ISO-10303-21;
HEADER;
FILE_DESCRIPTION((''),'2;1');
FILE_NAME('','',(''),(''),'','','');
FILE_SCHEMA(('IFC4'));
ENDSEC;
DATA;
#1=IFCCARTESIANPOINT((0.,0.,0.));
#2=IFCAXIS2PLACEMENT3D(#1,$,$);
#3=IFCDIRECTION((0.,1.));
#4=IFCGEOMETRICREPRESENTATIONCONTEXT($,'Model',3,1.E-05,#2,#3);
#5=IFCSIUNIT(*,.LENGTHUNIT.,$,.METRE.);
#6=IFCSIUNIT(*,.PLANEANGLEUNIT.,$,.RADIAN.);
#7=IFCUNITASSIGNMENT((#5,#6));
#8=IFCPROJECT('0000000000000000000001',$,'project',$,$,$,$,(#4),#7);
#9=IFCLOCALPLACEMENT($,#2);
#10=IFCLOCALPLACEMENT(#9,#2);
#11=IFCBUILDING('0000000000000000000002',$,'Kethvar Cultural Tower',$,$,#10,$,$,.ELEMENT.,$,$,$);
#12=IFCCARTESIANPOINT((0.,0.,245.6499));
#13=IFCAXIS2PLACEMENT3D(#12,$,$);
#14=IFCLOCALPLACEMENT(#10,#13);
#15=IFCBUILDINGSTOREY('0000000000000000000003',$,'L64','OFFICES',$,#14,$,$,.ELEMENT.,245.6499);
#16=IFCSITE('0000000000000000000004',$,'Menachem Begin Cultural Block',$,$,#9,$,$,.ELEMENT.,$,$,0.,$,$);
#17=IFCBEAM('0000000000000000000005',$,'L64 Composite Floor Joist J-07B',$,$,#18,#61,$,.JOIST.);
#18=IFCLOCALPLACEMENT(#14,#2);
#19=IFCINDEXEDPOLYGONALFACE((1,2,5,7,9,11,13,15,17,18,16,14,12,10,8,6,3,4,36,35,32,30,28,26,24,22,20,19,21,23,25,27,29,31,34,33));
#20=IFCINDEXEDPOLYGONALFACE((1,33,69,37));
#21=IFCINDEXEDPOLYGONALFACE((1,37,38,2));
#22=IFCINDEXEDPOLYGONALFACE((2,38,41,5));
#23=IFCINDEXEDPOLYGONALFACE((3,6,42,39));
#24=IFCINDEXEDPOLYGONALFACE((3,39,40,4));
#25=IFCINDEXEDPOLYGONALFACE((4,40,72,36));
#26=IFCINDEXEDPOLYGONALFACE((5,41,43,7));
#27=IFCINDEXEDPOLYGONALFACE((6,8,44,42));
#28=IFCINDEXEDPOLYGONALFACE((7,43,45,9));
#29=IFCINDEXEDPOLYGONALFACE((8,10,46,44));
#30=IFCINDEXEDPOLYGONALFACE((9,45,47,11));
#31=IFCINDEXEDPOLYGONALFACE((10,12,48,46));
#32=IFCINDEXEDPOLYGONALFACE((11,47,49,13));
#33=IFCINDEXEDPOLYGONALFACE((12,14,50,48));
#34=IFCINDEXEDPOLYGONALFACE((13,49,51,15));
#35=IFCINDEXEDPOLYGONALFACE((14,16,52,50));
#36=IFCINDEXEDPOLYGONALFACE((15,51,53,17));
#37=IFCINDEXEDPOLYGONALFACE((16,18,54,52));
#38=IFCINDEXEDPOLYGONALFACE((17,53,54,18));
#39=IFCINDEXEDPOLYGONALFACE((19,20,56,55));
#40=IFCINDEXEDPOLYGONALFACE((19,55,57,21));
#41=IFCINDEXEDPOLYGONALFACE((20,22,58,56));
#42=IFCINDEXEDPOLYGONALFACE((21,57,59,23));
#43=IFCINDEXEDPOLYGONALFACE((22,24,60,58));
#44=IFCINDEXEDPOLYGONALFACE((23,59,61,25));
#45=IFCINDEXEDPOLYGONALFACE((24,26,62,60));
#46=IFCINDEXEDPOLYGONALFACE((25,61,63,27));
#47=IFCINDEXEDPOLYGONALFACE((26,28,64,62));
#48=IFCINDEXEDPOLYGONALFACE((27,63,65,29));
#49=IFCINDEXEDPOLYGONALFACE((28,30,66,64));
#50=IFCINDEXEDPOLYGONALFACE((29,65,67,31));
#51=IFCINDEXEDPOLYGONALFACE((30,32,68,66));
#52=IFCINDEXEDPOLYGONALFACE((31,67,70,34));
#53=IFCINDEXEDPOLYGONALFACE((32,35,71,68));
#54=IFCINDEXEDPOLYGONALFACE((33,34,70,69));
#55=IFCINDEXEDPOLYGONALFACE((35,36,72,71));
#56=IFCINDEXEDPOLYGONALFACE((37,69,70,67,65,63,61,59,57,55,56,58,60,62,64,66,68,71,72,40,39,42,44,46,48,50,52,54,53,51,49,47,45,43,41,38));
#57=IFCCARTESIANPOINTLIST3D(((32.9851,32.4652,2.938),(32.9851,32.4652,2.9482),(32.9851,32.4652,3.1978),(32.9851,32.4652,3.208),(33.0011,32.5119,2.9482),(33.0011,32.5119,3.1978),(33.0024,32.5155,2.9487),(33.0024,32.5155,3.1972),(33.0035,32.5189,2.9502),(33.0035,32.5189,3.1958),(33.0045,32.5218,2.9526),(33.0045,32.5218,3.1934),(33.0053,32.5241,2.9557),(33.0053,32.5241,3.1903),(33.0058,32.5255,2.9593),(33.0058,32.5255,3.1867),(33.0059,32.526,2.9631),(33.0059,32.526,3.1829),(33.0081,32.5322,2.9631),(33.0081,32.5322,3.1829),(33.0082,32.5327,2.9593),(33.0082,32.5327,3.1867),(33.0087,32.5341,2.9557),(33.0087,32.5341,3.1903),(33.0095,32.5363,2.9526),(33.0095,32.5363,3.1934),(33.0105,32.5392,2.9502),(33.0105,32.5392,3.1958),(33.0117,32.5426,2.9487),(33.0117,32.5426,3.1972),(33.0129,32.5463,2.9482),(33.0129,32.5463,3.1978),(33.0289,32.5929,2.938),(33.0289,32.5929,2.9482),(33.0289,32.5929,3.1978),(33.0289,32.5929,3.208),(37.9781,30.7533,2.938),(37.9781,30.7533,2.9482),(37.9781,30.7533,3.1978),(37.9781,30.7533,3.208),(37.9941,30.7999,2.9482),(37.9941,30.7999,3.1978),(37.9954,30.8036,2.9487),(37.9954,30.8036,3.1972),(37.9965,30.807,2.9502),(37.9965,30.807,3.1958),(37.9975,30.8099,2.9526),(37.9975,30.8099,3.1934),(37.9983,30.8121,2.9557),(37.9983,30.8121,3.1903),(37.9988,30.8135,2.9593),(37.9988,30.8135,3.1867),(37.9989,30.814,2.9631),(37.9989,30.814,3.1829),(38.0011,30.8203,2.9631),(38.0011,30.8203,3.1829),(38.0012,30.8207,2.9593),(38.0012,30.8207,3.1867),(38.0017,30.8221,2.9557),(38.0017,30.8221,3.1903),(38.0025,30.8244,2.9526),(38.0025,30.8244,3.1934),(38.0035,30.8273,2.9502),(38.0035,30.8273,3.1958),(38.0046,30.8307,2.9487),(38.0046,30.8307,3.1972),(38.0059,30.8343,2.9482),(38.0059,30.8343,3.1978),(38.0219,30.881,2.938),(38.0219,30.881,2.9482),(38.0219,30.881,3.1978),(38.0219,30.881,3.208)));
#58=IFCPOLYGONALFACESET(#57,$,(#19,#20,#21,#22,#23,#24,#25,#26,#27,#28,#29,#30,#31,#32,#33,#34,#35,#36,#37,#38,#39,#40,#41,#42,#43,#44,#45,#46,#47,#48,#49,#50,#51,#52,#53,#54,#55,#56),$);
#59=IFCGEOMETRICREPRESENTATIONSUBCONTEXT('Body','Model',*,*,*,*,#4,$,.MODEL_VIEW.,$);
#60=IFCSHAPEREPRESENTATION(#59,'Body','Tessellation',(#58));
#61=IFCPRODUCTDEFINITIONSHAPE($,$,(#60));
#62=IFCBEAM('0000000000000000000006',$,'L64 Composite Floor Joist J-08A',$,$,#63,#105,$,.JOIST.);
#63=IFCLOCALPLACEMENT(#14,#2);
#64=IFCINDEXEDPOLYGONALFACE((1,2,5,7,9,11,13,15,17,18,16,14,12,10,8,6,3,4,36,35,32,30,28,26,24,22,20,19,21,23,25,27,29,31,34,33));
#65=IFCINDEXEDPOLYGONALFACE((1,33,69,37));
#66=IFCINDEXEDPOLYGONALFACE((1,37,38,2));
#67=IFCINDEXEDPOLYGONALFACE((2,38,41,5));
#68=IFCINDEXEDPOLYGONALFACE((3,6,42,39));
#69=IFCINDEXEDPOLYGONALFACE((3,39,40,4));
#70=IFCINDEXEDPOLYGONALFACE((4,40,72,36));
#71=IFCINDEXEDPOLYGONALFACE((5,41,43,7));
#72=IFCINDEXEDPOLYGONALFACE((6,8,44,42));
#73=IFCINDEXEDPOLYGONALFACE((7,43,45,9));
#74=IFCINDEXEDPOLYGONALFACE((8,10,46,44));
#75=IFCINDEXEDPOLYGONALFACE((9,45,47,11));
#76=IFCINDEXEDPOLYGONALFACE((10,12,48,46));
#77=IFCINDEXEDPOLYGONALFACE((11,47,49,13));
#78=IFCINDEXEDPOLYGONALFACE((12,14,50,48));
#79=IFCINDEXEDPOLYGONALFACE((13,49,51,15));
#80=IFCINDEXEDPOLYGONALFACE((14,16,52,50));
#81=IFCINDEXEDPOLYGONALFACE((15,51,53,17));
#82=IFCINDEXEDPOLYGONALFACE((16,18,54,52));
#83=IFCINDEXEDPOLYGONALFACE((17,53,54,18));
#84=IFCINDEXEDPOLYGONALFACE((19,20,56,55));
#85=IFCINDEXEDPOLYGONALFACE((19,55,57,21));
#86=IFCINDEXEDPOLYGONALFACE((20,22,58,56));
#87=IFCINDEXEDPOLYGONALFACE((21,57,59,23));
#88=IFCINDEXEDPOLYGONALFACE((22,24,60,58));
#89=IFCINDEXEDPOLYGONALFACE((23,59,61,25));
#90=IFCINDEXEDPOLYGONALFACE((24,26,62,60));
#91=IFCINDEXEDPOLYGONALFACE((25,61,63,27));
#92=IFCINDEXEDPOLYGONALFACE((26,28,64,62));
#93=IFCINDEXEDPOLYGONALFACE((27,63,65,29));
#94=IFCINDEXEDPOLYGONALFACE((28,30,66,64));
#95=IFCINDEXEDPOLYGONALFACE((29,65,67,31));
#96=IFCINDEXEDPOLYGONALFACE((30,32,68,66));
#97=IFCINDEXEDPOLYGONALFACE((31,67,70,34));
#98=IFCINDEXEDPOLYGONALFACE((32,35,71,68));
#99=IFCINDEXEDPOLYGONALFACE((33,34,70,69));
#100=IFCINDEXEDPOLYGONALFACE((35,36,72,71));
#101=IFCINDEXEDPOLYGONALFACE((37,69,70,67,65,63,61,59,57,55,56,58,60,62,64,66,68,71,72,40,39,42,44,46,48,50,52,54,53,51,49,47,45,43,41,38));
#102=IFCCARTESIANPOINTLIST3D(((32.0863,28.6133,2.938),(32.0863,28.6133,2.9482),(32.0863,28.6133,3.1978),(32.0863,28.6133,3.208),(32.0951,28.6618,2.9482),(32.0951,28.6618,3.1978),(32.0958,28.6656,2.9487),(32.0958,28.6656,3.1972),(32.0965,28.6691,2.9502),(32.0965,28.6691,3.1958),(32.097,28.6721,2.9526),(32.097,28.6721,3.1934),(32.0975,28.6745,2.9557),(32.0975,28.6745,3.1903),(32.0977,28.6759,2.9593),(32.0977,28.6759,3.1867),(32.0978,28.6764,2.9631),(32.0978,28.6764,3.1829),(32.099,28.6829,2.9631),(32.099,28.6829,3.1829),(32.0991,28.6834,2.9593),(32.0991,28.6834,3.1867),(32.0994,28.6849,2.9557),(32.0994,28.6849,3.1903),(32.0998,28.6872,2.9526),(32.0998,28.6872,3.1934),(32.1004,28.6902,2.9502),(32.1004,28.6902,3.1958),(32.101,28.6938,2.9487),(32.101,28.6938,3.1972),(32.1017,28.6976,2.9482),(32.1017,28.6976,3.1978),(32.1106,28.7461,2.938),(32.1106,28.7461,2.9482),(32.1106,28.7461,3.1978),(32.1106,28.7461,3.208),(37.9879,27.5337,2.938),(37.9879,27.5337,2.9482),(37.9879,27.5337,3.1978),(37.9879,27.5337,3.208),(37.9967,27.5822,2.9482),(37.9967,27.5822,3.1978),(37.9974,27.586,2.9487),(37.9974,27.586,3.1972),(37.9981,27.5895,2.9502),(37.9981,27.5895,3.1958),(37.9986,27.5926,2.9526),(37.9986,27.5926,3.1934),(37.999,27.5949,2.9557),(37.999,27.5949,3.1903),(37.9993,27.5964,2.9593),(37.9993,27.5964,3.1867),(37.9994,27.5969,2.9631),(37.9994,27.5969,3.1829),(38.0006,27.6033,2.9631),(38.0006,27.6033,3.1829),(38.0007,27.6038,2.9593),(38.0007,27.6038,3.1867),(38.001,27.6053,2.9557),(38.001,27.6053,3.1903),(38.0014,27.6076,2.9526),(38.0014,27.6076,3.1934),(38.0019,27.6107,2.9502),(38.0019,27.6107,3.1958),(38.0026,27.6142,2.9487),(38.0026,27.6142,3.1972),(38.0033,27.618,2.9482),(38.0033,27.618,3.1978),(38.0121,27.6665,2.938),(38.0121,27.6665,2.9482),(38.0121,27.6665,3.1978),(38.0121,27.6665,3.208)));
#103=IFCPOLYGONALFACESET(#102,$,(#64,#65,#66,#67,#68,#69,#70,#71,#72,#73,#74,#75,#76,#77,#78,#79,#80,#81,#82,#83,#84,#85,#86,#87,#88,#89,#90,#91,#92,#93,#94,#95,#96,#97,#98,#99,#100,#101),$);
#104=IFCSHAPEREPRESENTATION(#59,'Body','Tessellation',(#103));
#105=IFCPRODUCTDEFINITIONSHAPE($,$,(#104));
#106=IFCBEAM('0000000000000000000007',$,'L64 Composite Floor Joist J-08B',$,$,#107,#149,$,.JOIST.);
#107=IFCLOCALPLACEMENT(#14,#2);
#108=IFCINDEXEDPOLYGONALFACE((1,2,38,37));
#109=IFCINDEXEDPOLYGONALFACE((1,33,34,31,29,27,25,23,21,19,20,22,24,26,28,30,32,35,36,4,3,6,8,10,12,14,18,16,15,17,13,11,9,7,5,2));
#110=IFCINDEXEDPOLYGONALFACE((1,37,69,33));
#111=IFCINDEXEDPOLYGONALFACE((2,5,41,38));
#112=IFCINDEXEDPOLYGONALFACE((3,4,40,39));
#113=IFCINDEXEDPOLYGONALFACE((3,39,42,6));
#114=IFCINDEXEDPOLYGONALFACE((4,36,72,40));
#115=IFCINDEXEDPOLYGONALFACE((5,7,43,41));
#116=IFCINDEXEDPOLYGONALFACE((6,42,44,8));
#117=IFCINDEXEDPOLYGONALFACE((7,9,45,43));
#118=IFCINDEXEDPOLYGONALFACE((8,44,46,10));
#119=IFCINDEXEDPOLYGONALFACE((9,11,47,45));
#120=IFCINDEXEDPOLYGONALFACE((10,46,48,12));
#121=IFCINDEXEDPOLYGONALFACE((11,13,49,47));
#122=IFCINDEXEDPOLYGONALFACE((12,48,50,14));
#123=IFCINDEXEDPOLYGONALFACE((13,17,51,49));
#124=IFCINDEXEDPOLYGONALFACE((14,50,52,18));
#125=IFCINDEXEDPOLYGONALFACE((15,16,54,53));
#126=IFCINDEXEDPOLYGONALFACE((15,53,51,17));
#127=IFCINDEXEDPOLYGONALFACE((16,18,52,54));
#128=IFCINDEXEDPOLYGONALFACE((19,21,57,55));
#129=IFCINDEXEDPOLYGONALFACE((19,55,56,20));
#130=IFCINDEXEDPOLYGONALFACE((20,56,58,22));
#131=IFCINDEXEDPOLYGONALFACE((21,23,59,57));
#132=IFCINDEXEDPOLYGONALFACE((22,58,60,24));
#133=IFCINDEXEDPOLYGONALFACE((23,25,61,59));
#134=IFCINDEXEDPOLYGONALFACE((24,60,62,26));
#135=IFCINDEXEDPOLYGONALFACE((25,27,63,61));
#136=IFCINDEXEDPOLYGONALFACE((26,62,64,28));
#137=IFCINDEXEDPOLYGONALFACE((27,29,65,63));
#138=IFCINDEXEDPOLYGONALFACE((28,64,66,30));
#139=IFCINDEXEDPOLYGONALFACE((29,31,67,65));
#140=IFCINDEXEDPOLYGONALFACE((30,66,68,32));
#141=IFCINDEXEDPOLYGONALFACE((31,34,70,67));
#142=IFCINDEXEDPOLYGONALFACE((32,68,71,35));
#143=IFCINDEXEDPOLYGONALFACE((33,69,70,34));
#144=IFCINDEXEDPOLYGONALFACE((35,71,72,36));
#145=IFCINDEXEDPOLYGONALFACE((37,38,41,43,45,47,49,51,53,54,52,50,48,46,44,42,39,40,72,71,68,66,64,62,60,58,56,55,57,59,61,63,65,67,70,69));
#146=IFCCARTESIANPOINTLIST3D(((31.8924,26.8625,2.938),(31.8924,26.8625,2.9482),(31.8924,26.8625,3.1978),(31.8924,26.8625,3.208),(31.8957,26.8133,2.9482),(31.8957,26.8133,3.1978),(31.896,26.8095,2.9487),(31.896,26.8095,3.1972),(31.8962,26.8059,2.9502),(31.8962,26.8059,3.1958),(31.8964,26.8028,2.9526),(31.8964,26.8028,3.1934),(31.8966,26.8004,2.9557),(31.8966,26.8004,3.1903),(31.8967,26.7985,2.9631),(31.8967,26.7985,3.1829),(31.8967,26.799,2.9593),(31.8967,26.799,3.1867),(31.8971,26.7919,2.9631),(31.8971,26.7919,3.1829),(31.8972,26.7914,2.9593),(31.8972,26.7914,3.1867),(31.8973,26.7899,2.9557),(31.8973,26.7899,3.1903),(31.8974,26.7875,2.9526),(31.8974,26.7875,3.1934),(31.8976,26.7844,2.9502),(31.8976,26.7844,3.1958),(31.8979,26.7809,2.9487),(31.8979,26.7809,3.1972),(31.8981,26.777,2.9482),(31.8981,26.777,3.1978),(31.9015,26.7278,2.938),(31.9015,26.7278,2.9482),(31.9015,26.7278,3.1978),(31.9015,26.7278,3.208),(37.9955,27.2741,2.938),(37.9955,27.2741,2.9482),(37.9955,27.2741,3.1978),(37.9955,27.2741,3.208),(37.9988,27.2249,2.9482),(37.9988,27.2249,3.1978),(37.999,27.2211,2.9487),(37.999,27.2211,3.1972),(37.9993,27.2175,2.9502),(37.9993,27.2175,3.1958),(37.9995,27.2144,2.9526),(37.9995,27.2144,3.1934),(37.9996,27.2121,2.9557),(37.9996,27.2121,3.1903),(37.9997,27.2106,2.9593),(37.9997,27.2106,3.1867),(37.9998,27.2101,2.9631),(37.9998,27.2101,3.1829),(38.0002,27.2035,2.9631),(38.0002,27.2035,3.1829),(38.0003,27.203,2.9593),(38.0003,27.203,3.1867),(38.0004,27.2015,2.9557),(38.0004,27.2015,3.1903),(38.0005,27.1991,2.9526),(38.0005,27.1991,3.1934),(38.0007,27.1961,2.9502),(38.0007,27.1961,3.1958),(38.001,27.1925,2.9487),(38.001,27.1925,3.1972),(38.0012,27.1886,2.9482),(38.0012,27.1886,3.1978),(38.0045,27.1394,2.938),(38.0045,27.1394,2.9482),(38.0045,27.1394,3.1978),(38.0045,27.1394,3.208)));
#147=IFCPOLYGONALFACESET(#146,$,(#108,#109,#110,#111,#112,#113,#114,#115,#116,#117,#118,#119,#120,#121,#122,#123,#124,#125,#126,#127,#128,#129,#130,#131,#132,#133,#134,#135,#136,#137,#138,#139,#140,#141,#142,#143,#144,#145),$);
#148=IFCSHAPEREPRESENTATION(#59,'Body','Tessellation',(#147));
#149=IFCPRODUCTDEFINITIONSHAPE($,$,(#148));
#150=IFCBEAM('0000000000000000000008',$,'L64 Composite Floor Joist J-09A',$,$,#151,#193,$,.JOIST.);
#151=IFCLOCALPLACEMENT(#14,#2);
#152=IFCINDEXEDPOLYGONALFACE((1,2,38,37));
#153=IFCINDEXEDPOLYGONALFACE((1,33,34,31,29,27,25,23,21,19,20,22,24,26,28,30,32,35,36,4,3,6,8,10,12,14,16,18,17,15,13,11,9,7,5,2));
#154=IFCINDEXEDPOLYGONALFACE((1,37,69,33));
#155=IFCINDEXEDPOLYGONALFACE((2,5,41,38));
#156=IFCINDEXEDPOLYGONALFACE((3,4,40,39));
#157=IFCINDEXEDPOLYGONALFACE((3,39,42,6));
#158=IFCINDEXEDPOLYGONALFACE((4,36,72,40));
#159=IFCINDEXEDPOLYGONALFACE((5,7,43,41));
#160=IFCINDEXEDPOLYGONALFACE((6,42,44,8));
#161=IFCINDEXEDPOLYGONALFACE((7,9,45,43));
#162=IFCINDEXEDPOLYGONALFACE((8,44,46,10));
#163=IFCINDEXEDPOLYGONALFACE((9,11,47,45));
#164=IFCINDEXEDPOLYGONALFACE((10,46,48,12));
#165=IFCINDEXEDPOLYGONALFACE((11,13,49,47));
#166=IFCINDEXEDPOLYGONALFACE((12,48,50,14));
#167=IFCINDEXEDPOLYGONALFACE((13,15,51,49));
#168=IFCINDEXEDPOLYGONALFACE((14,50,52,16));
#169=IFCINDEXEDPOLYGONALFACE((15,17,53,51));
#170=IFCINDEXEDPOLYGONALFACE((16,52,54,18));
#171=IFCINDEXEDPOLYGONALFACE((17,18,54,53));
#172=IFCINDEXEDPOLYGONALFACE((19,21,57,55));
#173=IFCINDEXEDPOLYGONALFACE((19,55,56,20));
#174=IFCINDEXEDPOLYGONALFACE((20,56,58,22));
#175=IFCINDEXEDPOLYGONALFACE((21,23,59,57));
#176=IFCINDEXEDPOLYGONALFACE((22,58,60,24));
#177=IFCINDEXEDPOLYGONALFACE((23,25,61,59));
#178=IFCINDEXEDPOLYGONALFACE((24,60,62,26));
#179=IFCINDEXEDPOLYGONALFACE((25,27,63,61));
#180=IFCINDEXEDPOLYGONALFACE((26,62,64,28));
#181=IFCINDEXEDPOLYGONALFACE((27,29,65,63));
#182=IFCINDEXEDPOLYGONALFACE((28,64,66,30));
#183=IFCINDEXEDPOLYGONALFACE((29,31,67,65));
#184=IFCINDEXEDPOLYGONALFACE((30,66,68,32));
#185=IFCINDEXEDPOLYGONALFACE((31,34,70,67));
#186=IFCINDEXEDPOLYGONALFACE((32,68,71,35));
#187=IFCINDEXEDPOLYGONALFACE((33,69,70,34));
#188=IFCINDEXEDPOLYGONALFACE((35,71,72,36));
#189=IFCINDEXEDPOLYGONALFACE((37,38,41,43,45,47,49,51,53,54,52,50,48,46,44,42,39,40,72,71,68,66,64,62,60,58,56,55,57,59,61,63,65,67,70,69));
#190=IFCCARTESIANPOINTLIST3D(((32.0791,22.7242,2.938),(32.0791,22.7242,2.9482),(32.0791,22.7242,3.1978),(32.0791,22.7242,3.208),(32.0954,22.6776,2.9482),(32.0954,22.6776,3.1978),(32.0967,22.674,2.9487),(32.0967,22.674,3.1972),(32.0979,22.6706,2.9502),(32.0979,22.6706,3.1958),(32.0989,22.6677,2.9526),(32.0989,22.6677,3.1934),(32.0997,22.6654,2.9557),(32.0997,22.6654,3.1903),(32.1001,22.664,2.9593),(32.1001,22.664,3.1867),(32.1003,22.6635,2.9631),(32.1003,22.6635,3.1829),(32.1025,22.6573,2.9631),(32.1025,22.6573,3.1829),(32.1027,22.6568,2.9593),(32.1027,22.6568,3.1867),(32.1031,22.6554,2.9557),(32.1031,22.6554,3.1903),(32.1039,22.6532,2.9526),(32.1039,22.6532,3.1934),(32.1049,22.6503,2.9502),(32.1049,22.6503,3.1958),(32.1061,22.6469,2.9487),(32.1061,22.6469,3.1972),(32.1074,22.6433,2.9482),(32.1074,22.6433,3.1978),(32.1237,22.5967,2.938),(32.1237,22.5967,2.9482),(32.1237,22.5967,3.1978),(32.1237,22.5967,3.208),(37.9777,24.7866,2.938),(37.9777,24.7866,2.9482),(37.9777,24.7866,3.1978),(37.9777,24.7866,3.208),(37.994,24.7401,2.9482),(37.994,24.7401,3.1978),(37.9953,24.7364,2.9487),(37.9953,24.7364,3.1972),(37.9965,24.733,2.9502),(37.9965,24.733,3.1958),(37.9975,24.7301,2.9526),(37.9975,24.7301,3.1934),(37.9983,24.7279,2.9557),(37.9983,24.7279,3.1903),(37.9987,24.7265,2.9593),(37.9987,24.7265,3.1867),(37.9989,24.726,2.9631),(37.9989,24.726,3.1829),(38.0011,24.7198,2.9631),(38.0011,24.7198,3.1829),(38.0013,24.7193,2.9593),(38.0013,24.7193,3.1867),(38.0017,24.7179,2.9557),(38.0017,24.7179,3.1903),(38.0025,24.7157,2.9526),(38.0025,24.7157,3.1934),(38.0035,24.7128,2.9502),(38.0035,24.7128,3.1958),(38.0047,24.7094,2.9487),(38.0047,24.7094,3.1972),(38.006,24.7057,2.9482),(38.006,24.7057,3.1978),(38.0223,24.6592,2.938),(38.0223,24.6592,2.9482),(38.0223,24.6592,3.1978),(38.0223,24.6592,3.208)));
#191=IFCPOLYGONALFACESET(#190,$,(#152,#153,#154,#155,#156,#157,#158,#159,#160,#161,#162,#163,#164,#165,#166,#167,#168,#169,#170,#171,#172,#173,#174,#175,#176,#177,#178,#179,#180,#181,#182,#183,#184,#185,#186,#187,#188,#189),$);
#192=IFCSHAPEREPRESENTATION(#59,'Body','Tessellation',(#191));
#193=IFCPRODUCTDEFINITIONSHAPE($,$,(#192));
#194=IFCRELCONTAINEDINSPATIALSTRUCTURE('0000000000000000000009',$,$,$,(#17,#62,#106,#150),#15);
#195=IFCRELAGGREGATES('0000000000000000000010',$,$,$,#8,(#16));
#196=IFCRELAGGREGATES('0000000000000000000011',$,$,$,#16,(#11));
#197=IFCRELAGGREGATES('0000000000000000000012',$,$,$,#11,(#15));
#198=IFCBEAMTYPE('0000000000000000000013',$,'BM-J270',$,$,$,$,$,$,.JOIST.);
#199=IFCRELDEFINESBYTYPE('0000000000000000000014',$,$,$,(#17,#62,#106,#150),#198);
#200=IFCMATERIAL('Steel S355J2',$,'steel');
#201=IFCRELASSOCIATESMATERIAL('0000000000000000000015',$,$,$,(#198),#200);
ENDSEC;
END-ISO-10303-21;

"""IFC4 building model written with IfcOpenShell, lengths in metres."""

from ifc_helpers import new_model, si_unit, direction, frame, origin, origin_2d, place, context, subcontext, project, spatial, i_section, extrude, source, transform, mapped, material, material_profile, profile_set, type_object, element, save


model = new_model("IFC4")

# Units and contexts
model_context = context("Model", 3, precision=1e-05, world=origin(), true_north=direction((0.0, 1.0)))
body_context = subcontext(model_context, "Body", "Model", "MODEL_VIEW")
ifc_project = project(units=[si_unit("LENGTHUNIT", "METRE"), si_unit("PLANEANGLEUNIT", "RADIAN")], contexts=[model_context])

# Site, building, storey
site_placement = place(None, origin())
site = spatial("IfcSite", under=ifc_project, at=site_placement, Name="Menachem Begin Cultural Block", CompositionType="ELEMENT", RefElevation=0.0)
building_placement = place(site_placement, origin())
building = spatial("IfcBuilding", under=site, at=building_placement, Name="Kethvar Cultural Tower", CompositionType="ELEMENT")
storey_placement = place(building_placement, frame((0.0, 0.0, 245.6499)))
storey = spatial("IfcBuildingStorey", under=building, at=storey_placement, Name="L64", Description="OFFICES", CompositionType="ELEMENT", Elevation=245.6499)

# Beams
ifc_material_1 = material(Name="Steel S355J2", Category="steel")
ifc_material_profile_1 = material_profile(ifc_material_1, i_section(OverallWidth=0.135, OverallDepth=0.27, WebThickness=0.0066, FlangeThickness=0.0103, FilletRadius=0.0149, at=origin_2d()), Name="Steel S355J2 — IPE270")
ifc_profile_set_1 = profile_set([ifc_material_profile_1], Name="Steel S355J2 — IPE270")
beam_type_1 = type_object("IfcBeamType", Name="BM-J270", PredefinedType="JOIST", material=ifc_profile_set_1)
shared_shape_1 = source(origin(), body_context, "Body", "SweptSolid", [
    extrude(i_section(OverallWidth=0.135, OverallDepth=0.27, WebThickness=0.0066, FlangeThickness=0.0103, FilletRadius=0.0149, at=origin_2d()), origin(), (0.0, 0.0, 1.0), 5.2783),
])
beam_1_placement = place(storey_placement, frame((38.0, 30.8171, 3.073), z_axis=(-0.945943, 0.324334, 0.0), x_axis=(-0.324334, -0.945943, 0.0)))
element("IfcBeam", 1, at=beam_1_placement, inside=storey, type_object=beam_type_1, Name="L64 Composite Floor Joist J-07B", PredefinedType="JOIST", context=body_context, shape_type="MappedRepresentation", body=[
    mapped(shared_shape_1, transform((0.0, 0.0, 0.0), scale=1.0)),
])
shared_shape_2 = source(origin(), body_context, "Body", "SweptSolid", [
    extrude(i_section(OverallWidth=0.135, OverallDepth=0.27, WebThickness=0.0066, FlangeThickness=0.0103, FilletRadius=0.0149, at=origin_2d()), origin(), (0.0, 0.0, 1.0), 5.9995),
])
beam_2_placement = place(storey_placement, frame((38.0, 27.6001, 3.073), z_axis=(-0.983677, 0.179945, 0.0), x_axis=(-0.179945, -0.983677, 0.0)))
element("IfcBeam", 2, at=beam_2_placement, inside=storey, type_object=beam_type_1, Name="L64 Composite Floor Joist J-08A", PredefinedType="JOIST", context=body_context, shape_type="MappedRepresentation", body=[
    mapped(shared_shape_2, transform((0.0, 0.0, 0.0), scale=1.0)),
])
shared_shape_3 = source(origin(), body_context, "Body", "SweptSolid", [
    extrude(i_section(OverallWidth=0.135, OverallDepth=0.27, WebThickness=0.0066, FlangeThickness=0.0103, FilletRadius=0.0149, at=origin_2d()), origin(), (0.0, 0.0, 1.0), 6.1169),
])
beam_3_placement = place(storey_placement, frame((38.0, 27.2068, 3.073), z_axis=(-0.997733, -0.067293, 0.0), x_axis=(0.067293, -0.997733, 0.0)))
element("IfcBeam", 3, at=beam_3_placement, inside=storey, type_object=beam_type_1, Name="L64 Composite Floor Joist J-08B", PredefinedType="JOIST", context=body_context, shape_type="MappedRepresentation", body=[
    mapped(shared_shape_3, transform((0.0, 0.0, 0.0), scale=1.0)),
])
shared_shape_4 = source(origin(), body_context, "Body", "SweptSolid", [
    extrude(i_section(OverallWidth=0.135, OverallDepth=0.27, WebThickness=0.0066, FlangeThickness=0.0103, FilletRadius=0.0149, at=origin_2d()), origin(), (0.0, 0.0, 1.0), 6.2488),
])
beam_4_placement = place(storey_placement, frame((38.0, 24.7229, 3.073), z_axis=(-0.94396, -0.33006, 0.0), x_axis=(0.33006, -0.94396, 0.0)))
element("IfcBeam", 4, at=beam_4_placement, inside=storey, type_object=beam_type_1, Name="L64 Composite Floor Joist J-09A", PredefinedType="JOIST", context=body_context, shape_type="MappedRepresentation", body=[
    mapped(shared_shape_4, transform((0.0, 0.0, 0.0), scale=1.0)),
])

save(model, "model.ifc")
